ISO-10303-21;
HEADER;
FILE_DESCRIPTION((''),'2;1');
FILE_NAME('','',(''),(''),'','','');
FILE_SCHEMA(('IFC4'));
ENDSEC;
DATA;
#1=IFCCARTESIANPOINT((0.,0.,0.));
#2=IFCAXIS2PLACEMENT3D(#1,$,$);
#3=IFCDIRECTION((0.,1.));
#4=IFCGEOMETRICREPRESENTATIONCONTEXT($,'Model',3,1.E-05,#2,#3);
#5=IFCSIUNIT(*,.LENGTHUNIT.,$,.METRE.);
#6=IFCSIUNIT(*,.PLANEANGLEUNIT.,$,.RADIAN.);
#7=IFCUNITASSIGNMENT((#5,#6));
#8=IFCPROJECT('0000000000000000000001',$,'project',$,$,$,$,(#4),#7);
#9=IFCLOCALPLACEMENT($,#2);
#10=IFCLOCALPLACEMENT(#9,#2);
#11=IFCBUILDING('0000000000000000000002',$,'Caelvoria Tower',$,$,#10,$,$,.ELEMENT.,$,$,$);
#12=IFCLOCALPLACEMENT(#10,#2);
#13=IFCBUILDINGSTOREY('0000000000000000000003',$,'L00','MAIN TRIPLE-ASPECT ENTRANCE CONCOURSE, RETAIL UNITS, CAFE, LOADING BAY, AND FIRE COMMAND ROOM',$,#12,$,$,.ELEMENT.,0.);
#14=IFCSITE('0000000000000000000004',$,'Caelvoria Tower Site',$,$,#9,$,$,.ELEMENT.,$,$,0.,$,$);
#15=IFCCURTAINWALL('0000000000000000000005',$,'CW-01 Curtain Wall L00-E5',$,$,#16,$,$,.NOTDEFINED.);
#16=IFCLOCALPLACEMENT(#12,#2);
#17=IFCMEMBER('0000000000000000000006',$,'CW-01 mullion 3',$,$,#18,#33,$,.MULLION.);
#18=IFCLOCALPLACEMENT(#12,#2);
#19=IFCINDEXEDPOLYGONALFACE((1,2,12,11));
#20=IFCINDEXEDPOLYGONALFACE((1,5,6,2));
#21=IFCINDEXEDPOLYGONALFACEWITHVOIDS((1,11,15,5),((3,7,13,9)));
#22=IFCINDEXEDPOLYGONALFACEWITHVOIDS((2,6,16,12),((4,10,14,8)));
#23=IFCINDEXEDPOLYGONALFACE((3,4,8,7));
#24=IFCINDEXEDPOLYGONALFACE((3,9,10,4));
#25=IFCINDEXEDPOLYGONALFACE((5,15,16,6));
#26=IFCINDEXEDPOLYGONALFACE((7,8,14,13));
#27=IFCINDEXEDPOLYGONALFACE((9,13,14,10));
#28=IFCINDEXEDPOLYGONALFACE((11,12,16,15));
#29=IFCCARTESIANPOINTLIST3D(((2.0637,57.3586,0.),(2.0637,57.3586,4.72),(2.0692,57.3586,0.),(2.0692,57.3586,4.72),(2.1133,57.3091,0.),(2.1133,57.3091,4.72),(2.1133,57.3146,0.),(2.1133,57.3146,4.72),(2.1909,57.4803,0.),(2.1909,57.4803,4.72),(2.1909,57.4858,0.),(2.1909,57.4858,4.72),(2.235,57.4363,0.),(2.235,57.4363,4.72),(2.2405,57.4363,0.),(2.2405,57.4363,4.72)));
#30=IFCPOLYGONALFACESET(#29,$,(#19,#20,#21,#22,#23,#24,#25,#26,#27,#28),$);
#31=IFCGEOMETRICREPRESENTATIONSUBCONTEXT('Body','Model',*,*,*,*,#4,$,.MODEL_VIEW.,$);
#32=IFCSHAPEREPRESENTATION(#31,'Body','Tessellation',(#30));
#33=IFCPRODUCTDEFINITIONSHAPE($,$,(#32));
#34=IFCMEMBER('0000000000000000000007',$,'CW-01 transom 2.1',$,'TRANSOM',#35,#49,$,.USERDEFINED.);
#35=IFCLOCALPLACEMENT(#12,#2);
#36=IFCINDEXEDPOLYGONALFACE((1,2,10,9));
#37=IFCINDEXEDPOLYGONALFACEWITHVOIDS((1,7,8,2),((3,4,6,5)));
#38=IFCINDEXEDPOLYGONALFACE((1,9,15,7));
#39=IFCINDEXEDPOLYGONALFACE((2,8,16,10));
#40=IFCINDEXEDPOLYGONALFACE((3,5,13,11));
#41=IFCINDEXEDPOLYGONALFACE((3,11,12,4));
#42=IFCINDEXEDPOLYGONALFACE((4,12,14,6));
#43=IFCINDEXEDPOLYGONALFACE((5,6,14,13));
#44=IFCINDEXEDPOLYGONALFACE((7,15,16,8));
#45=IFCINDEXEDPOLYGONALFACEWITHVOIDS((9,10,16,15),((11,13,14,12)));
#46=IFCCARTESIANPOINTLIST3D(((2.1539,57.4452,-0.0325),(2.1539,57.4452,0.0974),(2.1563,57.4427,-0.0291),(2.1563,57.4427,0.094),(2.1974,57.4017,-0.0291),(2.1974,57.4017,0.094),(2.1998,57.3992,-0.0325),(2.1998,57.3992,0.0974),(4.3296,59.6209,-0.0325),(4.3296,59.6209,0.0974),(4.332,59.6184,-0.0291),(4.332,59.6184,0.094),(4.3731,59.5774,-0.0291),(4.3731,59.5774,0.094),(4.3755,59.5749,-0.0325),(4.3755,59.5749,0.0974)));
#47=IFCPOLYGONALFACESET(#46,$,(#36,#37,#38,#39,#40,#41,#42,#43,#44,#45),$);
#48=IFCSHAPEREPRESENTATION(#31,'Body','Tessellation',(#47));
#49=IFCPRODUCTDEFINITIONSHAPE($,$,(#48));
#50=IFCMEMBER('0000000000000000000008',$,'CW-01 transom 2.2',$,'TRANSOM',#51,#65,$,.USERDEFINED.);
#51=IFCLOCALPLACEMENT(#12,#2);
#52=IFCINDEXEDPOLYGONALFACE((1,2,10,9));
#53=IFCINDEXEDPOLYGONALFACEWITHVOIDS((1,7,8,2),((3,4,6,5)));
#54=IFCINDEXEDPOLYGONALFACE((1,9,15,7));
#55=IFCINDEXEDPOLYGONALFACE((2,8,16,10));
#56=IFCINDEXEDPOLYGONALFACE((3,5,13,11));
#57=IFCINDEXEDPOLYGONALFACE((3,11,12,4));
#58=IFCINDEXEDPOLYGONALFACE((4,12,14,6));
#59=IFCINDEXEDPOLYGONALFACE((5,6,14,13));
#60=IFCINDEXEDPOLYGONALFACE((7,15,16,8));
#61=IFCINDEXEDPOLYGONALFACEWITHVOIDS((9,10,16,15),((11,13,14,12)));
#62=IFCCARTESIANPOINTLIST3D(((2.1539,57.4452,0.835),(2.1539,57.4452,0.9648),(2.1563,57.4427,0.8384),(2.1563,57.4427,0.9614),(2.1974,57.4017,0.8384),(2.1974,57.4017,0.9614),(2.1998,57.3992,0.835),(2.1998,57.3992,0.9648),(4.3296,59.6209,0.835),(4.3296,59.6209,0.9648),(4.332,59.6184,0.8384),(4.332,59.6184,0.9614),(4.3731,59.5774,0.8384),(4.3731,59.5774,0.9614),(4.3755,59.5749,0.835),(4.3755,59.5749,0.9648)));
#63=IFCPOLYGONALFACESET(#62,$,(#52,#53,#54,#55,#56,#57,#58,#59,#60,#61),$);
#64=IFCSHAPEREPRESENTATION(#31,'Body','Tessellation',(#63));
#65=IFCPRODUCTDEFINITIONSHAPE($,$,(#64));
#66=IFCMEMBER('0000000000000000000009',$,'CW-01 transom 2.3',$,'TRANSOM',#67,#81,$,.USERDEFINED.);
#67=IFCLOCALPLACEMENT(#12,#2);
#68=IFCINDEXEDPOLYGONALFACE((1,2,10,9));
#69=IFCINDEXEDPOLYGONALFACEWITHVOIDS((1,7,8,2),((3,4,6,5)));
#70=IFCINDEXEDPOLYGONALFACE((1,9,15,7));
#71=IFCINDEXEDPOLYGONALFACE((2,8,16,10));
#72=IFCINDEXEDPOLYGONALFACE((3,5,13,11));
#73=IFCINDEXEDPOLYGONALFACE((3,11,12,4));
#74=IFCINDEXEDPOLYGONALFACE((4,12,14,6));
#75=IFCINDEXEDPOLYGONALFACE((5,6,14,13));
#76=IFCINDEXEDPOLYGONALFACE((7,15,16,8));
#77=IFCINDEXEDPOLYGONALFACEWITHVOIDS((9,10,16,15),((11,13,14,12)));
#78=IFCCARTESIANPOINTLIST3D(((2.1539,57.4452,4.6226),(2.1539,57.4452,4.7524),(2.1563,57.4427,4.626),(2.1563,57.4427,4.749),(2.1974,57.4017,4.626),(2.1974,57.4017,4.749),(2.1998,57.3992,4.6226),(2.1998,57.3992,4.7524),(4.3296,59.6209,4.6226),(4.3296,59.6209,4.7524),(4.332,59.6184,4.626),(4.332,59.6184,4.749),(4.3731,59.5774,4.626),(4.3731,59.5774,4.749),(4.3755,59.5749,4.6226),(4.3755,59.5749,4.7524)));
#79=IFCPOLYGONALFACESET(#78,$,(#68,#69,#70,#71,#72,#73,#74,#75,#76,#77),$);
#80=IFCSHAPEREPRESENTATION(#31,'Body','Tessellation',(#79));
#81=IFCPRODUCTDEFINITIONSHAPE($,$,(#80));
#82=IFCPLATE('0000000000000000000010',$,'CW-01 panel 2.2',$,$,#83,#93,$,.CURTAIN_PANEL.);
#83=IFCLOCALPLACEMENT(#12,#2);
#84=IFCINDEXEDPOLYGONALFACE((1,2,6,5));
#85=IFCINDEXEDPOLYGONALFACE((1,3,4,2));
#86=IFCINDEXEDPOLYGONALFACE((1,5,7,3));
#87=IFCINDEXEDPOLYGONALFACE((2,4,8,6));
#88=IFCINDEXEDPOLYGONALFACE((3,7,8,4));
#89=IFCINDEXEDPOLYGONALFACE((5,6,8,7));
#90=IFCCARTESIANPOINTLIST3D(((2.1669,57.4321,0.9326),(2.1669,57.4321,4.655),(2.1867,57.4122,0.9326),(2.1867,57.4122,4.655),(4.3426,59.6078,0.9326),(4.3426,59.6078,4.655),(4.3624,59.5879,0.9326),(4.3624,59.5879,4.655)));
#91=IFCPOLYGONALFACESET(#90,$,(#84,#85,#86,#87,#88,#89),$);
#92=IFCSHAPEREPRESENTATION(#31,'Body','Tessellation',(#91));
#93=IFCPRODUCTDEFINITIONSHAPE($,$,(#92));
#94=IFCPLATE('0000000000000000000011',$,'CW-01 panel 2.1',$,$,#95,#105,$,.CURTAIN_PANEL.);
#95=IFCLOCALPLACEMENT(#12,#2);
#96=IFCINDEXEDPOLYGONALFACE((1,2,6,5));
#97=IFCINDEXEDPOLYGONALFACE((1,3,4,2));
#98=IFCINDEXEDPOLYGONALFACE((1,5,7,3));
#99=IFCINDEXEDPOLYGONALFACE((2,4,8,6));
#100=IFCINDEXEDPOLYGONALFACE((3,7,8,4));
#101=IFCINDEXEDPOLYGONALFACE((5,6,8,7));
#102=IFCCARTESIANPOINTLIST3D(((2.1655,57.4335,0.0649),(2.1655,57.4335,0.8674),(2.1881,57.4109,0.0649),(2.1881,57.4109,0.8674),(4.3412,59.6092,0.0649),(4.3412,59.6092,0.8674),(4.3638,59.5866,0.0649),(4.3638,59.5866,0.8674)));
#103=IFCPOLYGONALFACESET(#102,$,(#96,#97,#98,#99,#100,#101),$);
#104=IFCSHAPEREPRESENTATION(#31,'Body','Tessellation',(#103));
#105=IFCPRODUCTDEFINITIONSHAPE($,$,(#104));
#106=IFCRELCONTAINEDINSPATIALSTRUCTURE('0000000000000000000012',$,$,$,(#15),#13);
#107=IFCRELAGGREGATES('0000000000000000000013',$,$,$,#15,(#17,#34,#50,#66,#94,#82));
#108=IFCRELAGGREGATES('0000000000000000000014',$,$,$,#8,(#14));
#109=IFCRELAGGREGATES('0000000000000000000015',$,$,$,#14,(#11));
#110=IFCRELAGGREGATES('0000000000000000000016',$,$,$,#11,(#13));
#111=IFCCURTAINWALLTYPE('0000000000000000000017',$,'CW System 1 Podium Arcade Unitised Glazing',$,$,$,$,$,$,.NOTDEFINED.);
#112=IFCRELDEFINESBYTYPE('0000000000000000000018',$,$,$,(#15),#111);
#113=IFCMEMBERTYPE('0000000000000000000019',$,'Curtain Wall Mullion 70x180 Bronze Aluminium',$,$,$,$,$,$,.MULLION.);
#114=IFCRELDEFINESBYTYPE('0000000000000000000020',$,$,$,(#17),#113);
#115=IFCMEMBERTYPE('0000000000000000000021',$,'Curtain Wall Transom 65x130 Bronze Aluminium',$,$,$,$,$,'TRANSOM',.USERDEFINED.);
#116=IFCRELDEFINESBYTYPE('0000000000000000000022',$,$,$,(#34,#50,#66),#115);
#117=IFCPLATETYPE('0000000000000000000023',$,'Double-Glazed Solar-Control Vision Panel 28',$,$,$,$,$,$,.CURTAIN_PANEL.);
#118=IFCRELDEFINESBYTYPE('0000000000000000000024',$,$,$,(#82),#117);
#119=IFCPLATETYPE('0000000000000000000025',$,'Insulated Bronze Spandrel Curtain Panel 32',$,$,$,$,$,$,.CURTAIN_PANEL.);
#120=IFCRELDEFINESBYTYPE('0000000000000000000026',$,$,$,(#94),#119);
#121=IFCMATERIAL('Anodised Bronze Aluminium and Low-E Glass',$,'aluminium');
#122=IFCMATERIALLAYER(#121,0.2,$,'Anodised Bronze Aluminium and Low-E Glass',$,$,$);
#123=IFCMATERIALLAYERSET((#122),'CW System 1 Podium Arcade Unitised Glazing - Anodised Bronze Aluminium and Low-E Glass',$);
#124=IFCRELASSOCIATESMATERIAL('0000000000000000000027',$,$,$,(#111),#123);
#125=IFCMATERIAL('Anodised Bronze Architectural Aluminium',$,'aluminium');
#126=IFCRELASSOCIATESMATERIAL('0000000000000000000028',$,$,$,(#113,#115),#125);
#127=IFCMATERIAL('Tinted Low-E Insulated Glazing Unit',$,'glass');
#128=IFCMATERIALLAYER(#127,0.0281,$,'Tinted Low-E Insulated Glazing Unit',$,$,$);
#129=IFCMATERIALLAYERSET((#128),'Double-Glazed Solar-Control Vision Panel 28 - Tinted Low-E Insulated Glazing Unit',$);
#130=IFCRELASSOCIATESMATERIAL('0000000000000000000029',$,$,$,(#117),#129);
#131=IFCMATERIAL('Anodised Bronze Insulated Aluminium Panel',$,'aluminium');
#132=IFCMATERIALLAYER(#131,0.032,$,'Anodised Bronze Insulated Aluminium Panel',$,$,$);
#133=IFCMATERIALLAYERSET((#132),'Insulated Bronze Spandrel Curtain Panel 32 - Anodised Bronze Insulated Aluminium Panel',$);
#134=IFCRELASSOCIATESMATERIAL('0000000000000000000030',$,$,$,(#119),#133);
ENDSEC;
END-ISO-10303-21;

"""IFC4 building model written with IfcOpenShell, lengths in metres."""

from ifc_helpers import new_model, si_unit, direction, frame, origin, origin_2d, place, context, subcontext, project, spatial, rectangle, hollow_rectangle, extrude, material, layer, layer_set, material_profile, profile_set, type_object, element, aggregate, save


model = new_model("IFC4")

# Units and contexts
model_context = context("Model", 3, precision=1e-05, world=origin(), true_north=direction((0.0, 1.0)))
body_context = subcontext(model_context, "Body", "Model", "MODEL_VIEW")
ifc_project = project(units=[si_unit("LENGTHUNIT", "METRE"), si_unit("PLANEANGLEUNIT", "RADIAN")], contexts=[model_context])

# Site, building, storey
site_placement = place(None, origin())
site = spatial("IfcSite", under=ifc_project, at=site_placement, Name="Caelvoria Tower Site", CompositionType="ELEMENT", RefElevation=0.0)
building_placement = place(site_placement, origin())
building = spatial("IfcBuilding", under=site, at=building_placement, Name="Caelvoria Tower", CompositionType="ELEMENT")
storey_placement = place(building_placement, origin())
storey = spatial("IfcBuildingStorey", under=building, at=storey_placement, Name="L00", Description="MAIN TRIPLE-ASPECT ENTRANCE CONCOURSE, RETAIL UNITS, CAFE, LOADING BAY, AND FIRE COMMAND ROOM", CompositionType="ELEMENT", Elevation=0.0)

# Curtain wall, members, plates
ifc_material_1 = material(Name="Anodised Bronze Aluminium and Low-E Glass", Category="aluminium")
ifc_layer_1 = layer(ifc_material_1, 0.2, Name="Anodised Bronze Aluminium and Low-E Glass")
ifc_layer_set_1 = layer_set([ifc_layer_1], Name="CW System 1 Podium Arcade Unitised Glazing - Anodised Bronze Aluminium and Low-E Glass")
curtain_wall_type = type_object("IfcCurtainWallType", Name="CW System 1 Podium Arcade Unitised Glazing", PredefinedType="NOTDEFINED", material=ifc_layer_set_1)
curtain_wall_placement = place(storey_placement, origin())
curtain_wall = element("IfcCurtainWall", 1, at=curtain_wall_placement, inside=storey, type_object=curtain_wall_type, Name="CW-01 Curtain Wall L00-E5", PredefinedType="NOTDEFINED")
ifc_material_2 = material(Name="Anodised Bronze Architectural Aluminium", Category="aluminium")
ifc_material_profile_1 = material_profile(ifc_material_2, hollow_rectangle(XDim=0.0701, YDim=0.1799, WallThickness=0.0039, at=origin_2d()), Name="Anodised Bronze Architectural Aluminium")
ifc_profile_set_1 = profile_set([ifc_material_profile_1], Name="CW_MULL_70X180 - Anodised Bronze Architectural Aluminium")
member_type_1 = type_object("IfcMemberType", Name="Curtain Wall Mullion 70x180 Bronze Aluminium", PredefinedType="MULLION", material=ifc_profile_set_1)
member_1_placement = place(storey_placement, frame((2.1521, 57.3975, 0.0), z_axis=(0.0, 0.0, 1.0), x_axis=(0.707107, -0.707107, 0.0)))
member_1 = element("IfcMember", 2, at=member_1_placement, type_object=member_type_1, Name="CW-01 mullion 3", PredefinedType="MULLION", context=body_context, shape_type="SweptSolid", body=[
    extrude(hollow_rectangle(XDim=0.0701, YDim=0.1799, WallThickness=0.0039, at=origin_2d()), origin(), (0.0, 0.0, 1.0), 4.72),
])
ifc_material_profile_2 = material_profile(ifc_material_2, hollow_rectangle(XDim=0.0649, YDim=0.1299, WallThickness=0.0034, at=origin_2d()), Name="Anodised Bronze Architectural Aluminium")
ifc_profile_set_2 = profile_set([ifc_material_profile_2], Name="CW_TRAN_65X130 - Anodised Bronze Architectural Aluminium")
member_type_2 = type_object("IfcMemberType", Name="Curtain Wall Transom 65x130 Bronze Aluminium", ElementType="TRANSOM", PredefinedType="USERDEFINED", material=ifc_profile_set_2)
member_2_placement = place(storey_placement, frame((4.3525, 59.5979, 0.0325), z_axis=(-0.707107, -0.707107, 0.0), x_axis=(0.707107, -0.707107, 0.0)))
member_2 = element("IfcMember", 3, at=member_2_placement, type_object=member_type_2, Name="CW-01 transom 2.1", ObjectType="TRANSOM", PredefinedType="USERDEFINED", context=body_context, shape_type="SweptSolid", body=[
    extrude(hollow_rectangle(XDim=0.0649, YDim=0.1299, WallThickness=0.0034, at=origin_2d()), origin(), (0.0, 0.0, 1.0), 3.0769),
])
member_3_placement = place(storey_placement, frame((4.3525, 59.5979, 0.8999), z_axis=(-0.707107, -0.707107, 0.0), x_axis=(0.707107, -0.707107, 0.0)))
member_3 = element("IfcMember", 4, at=member_3_placement, type_object=member_type_2, Name="CW-01 transom 2.2", ObjectType="TRANSOM", PredefinedType="USERDEFINED", context=body_context, shape_type="SweptSolid", body=[
    extrude(hollow_rectangle(XDim=0.0649, YDim=0.1299, WallThickness=0.0034, at=origin_2d()), origin(), (0.0, 0.0, 1.0), 3.0769),
])
member_4_placement = place(storey_placement, frame((4.3525, 59.5979, 4.6875), z_axis=(-0.707107, -0.707107, 0.0), x_axis=(0.707107, -0.707107, 0.0)))
member_4 = element("IfcMember", 5, at=member_4_placement, type_object=member_type_2, Name="CW-01 transom 2.3", ObjectType="TRANSOM", PredefinedType="USERDEFINED", context=body_context, shape_type="SweptSolid", body=[
    extrude(hollow_rectangle(XDim=0.0649, YDim=0.1299, WallThickness=0.0034, at=origin_2d()), origin(), (0.0, 0.0, 1.0), 3.0769),
])
ifc_material_3 = material(Name="Tinted Low-E Insulated Glazing Unit", Category="glass")
ifc_layer_2 = layer(ifc_material_3, 0.0281, Name="Tinted Low-E Insulated Glazing Unit")
ifc_layer_set_2 = layer_set([ifc_layer_2], Name="Double-Glazed Solar-Control Vision Panel 28 - Tinted Low-E Insulated Glazing Unit")
plate_type_1 = type_object("IfcPlateType", Name="Double-Glazed Solar-Control Vision Panel 28", PredefinedType="CURTAIN_PANEL", material=ifc_layer_set_2)
plate_1_placement = place(storey_placement, frame((3.2646, 58.51, 0.9326), z_axis=(0.0, 0.0, 1.0), x_axis=(-0.707107, -0.707107, 0.0)))
plate_1 = element("IfcPlate", 6, at=plate_1_placement, type_object=plate_type_1, Name="CW-01 panel 2.2", PredefinedType="CURTAIN_PANEL", context=body_context, shape_type="SweptSolid", body=[
    extrude(rectangle(XDim=3.0769, YDim=0.0281, at=origin_2d()), origin(), (0.0, 0.0, 1.0), 3.7224),
])
ifc_material_4 = material(Name="Anodised Bronze Insulated Aluminium Panel", Category="aluminium")
ifc_layer_3 = layer(ifc_material_4, 0.032, Name="Anodised Bronze Insulated Aluminium Panel")
ifc_layer_set_3 = layer_set([ifc_layer_3], Name="Insulated Bronze Spandrel Curtain Panel 32 - Anodised Bronze Insulated Aluminium Panel")
plate_type_2 = type_object("IfcPlateType", Name="Insulated Bronze Spandrel Curtain Panel 32", PredefinedType="CURTAIN_PANEL", material=ifc_layer_set_3)
plate_2_placement = place(storey_placement, frame((3.2646, 58.51, 0.0649), z_axis=(0.0, 0.0, 1.0), x_axis=(-0.707107, -0.707107, 0.0)))
plate_2 = element("IfcPlate", 7, at=plate_2_placement, type_object=plate_type_2, Name="CW-01 panel 2.1", PredefinedType="CURTAIN_PANEL", context=body_context, shape_type="SweptSolid", body=[
    extrude(rectangle(XDim=3.0769, YDim=0.032, at=origin_2d()), origin(), (0.0, 0.0, 1.0), 0.8025),
])
aggregate(curtain_wall, [member_1, member_2, member_3, member_4, plate_2, plate_1])

save(model, "model.ifc")
